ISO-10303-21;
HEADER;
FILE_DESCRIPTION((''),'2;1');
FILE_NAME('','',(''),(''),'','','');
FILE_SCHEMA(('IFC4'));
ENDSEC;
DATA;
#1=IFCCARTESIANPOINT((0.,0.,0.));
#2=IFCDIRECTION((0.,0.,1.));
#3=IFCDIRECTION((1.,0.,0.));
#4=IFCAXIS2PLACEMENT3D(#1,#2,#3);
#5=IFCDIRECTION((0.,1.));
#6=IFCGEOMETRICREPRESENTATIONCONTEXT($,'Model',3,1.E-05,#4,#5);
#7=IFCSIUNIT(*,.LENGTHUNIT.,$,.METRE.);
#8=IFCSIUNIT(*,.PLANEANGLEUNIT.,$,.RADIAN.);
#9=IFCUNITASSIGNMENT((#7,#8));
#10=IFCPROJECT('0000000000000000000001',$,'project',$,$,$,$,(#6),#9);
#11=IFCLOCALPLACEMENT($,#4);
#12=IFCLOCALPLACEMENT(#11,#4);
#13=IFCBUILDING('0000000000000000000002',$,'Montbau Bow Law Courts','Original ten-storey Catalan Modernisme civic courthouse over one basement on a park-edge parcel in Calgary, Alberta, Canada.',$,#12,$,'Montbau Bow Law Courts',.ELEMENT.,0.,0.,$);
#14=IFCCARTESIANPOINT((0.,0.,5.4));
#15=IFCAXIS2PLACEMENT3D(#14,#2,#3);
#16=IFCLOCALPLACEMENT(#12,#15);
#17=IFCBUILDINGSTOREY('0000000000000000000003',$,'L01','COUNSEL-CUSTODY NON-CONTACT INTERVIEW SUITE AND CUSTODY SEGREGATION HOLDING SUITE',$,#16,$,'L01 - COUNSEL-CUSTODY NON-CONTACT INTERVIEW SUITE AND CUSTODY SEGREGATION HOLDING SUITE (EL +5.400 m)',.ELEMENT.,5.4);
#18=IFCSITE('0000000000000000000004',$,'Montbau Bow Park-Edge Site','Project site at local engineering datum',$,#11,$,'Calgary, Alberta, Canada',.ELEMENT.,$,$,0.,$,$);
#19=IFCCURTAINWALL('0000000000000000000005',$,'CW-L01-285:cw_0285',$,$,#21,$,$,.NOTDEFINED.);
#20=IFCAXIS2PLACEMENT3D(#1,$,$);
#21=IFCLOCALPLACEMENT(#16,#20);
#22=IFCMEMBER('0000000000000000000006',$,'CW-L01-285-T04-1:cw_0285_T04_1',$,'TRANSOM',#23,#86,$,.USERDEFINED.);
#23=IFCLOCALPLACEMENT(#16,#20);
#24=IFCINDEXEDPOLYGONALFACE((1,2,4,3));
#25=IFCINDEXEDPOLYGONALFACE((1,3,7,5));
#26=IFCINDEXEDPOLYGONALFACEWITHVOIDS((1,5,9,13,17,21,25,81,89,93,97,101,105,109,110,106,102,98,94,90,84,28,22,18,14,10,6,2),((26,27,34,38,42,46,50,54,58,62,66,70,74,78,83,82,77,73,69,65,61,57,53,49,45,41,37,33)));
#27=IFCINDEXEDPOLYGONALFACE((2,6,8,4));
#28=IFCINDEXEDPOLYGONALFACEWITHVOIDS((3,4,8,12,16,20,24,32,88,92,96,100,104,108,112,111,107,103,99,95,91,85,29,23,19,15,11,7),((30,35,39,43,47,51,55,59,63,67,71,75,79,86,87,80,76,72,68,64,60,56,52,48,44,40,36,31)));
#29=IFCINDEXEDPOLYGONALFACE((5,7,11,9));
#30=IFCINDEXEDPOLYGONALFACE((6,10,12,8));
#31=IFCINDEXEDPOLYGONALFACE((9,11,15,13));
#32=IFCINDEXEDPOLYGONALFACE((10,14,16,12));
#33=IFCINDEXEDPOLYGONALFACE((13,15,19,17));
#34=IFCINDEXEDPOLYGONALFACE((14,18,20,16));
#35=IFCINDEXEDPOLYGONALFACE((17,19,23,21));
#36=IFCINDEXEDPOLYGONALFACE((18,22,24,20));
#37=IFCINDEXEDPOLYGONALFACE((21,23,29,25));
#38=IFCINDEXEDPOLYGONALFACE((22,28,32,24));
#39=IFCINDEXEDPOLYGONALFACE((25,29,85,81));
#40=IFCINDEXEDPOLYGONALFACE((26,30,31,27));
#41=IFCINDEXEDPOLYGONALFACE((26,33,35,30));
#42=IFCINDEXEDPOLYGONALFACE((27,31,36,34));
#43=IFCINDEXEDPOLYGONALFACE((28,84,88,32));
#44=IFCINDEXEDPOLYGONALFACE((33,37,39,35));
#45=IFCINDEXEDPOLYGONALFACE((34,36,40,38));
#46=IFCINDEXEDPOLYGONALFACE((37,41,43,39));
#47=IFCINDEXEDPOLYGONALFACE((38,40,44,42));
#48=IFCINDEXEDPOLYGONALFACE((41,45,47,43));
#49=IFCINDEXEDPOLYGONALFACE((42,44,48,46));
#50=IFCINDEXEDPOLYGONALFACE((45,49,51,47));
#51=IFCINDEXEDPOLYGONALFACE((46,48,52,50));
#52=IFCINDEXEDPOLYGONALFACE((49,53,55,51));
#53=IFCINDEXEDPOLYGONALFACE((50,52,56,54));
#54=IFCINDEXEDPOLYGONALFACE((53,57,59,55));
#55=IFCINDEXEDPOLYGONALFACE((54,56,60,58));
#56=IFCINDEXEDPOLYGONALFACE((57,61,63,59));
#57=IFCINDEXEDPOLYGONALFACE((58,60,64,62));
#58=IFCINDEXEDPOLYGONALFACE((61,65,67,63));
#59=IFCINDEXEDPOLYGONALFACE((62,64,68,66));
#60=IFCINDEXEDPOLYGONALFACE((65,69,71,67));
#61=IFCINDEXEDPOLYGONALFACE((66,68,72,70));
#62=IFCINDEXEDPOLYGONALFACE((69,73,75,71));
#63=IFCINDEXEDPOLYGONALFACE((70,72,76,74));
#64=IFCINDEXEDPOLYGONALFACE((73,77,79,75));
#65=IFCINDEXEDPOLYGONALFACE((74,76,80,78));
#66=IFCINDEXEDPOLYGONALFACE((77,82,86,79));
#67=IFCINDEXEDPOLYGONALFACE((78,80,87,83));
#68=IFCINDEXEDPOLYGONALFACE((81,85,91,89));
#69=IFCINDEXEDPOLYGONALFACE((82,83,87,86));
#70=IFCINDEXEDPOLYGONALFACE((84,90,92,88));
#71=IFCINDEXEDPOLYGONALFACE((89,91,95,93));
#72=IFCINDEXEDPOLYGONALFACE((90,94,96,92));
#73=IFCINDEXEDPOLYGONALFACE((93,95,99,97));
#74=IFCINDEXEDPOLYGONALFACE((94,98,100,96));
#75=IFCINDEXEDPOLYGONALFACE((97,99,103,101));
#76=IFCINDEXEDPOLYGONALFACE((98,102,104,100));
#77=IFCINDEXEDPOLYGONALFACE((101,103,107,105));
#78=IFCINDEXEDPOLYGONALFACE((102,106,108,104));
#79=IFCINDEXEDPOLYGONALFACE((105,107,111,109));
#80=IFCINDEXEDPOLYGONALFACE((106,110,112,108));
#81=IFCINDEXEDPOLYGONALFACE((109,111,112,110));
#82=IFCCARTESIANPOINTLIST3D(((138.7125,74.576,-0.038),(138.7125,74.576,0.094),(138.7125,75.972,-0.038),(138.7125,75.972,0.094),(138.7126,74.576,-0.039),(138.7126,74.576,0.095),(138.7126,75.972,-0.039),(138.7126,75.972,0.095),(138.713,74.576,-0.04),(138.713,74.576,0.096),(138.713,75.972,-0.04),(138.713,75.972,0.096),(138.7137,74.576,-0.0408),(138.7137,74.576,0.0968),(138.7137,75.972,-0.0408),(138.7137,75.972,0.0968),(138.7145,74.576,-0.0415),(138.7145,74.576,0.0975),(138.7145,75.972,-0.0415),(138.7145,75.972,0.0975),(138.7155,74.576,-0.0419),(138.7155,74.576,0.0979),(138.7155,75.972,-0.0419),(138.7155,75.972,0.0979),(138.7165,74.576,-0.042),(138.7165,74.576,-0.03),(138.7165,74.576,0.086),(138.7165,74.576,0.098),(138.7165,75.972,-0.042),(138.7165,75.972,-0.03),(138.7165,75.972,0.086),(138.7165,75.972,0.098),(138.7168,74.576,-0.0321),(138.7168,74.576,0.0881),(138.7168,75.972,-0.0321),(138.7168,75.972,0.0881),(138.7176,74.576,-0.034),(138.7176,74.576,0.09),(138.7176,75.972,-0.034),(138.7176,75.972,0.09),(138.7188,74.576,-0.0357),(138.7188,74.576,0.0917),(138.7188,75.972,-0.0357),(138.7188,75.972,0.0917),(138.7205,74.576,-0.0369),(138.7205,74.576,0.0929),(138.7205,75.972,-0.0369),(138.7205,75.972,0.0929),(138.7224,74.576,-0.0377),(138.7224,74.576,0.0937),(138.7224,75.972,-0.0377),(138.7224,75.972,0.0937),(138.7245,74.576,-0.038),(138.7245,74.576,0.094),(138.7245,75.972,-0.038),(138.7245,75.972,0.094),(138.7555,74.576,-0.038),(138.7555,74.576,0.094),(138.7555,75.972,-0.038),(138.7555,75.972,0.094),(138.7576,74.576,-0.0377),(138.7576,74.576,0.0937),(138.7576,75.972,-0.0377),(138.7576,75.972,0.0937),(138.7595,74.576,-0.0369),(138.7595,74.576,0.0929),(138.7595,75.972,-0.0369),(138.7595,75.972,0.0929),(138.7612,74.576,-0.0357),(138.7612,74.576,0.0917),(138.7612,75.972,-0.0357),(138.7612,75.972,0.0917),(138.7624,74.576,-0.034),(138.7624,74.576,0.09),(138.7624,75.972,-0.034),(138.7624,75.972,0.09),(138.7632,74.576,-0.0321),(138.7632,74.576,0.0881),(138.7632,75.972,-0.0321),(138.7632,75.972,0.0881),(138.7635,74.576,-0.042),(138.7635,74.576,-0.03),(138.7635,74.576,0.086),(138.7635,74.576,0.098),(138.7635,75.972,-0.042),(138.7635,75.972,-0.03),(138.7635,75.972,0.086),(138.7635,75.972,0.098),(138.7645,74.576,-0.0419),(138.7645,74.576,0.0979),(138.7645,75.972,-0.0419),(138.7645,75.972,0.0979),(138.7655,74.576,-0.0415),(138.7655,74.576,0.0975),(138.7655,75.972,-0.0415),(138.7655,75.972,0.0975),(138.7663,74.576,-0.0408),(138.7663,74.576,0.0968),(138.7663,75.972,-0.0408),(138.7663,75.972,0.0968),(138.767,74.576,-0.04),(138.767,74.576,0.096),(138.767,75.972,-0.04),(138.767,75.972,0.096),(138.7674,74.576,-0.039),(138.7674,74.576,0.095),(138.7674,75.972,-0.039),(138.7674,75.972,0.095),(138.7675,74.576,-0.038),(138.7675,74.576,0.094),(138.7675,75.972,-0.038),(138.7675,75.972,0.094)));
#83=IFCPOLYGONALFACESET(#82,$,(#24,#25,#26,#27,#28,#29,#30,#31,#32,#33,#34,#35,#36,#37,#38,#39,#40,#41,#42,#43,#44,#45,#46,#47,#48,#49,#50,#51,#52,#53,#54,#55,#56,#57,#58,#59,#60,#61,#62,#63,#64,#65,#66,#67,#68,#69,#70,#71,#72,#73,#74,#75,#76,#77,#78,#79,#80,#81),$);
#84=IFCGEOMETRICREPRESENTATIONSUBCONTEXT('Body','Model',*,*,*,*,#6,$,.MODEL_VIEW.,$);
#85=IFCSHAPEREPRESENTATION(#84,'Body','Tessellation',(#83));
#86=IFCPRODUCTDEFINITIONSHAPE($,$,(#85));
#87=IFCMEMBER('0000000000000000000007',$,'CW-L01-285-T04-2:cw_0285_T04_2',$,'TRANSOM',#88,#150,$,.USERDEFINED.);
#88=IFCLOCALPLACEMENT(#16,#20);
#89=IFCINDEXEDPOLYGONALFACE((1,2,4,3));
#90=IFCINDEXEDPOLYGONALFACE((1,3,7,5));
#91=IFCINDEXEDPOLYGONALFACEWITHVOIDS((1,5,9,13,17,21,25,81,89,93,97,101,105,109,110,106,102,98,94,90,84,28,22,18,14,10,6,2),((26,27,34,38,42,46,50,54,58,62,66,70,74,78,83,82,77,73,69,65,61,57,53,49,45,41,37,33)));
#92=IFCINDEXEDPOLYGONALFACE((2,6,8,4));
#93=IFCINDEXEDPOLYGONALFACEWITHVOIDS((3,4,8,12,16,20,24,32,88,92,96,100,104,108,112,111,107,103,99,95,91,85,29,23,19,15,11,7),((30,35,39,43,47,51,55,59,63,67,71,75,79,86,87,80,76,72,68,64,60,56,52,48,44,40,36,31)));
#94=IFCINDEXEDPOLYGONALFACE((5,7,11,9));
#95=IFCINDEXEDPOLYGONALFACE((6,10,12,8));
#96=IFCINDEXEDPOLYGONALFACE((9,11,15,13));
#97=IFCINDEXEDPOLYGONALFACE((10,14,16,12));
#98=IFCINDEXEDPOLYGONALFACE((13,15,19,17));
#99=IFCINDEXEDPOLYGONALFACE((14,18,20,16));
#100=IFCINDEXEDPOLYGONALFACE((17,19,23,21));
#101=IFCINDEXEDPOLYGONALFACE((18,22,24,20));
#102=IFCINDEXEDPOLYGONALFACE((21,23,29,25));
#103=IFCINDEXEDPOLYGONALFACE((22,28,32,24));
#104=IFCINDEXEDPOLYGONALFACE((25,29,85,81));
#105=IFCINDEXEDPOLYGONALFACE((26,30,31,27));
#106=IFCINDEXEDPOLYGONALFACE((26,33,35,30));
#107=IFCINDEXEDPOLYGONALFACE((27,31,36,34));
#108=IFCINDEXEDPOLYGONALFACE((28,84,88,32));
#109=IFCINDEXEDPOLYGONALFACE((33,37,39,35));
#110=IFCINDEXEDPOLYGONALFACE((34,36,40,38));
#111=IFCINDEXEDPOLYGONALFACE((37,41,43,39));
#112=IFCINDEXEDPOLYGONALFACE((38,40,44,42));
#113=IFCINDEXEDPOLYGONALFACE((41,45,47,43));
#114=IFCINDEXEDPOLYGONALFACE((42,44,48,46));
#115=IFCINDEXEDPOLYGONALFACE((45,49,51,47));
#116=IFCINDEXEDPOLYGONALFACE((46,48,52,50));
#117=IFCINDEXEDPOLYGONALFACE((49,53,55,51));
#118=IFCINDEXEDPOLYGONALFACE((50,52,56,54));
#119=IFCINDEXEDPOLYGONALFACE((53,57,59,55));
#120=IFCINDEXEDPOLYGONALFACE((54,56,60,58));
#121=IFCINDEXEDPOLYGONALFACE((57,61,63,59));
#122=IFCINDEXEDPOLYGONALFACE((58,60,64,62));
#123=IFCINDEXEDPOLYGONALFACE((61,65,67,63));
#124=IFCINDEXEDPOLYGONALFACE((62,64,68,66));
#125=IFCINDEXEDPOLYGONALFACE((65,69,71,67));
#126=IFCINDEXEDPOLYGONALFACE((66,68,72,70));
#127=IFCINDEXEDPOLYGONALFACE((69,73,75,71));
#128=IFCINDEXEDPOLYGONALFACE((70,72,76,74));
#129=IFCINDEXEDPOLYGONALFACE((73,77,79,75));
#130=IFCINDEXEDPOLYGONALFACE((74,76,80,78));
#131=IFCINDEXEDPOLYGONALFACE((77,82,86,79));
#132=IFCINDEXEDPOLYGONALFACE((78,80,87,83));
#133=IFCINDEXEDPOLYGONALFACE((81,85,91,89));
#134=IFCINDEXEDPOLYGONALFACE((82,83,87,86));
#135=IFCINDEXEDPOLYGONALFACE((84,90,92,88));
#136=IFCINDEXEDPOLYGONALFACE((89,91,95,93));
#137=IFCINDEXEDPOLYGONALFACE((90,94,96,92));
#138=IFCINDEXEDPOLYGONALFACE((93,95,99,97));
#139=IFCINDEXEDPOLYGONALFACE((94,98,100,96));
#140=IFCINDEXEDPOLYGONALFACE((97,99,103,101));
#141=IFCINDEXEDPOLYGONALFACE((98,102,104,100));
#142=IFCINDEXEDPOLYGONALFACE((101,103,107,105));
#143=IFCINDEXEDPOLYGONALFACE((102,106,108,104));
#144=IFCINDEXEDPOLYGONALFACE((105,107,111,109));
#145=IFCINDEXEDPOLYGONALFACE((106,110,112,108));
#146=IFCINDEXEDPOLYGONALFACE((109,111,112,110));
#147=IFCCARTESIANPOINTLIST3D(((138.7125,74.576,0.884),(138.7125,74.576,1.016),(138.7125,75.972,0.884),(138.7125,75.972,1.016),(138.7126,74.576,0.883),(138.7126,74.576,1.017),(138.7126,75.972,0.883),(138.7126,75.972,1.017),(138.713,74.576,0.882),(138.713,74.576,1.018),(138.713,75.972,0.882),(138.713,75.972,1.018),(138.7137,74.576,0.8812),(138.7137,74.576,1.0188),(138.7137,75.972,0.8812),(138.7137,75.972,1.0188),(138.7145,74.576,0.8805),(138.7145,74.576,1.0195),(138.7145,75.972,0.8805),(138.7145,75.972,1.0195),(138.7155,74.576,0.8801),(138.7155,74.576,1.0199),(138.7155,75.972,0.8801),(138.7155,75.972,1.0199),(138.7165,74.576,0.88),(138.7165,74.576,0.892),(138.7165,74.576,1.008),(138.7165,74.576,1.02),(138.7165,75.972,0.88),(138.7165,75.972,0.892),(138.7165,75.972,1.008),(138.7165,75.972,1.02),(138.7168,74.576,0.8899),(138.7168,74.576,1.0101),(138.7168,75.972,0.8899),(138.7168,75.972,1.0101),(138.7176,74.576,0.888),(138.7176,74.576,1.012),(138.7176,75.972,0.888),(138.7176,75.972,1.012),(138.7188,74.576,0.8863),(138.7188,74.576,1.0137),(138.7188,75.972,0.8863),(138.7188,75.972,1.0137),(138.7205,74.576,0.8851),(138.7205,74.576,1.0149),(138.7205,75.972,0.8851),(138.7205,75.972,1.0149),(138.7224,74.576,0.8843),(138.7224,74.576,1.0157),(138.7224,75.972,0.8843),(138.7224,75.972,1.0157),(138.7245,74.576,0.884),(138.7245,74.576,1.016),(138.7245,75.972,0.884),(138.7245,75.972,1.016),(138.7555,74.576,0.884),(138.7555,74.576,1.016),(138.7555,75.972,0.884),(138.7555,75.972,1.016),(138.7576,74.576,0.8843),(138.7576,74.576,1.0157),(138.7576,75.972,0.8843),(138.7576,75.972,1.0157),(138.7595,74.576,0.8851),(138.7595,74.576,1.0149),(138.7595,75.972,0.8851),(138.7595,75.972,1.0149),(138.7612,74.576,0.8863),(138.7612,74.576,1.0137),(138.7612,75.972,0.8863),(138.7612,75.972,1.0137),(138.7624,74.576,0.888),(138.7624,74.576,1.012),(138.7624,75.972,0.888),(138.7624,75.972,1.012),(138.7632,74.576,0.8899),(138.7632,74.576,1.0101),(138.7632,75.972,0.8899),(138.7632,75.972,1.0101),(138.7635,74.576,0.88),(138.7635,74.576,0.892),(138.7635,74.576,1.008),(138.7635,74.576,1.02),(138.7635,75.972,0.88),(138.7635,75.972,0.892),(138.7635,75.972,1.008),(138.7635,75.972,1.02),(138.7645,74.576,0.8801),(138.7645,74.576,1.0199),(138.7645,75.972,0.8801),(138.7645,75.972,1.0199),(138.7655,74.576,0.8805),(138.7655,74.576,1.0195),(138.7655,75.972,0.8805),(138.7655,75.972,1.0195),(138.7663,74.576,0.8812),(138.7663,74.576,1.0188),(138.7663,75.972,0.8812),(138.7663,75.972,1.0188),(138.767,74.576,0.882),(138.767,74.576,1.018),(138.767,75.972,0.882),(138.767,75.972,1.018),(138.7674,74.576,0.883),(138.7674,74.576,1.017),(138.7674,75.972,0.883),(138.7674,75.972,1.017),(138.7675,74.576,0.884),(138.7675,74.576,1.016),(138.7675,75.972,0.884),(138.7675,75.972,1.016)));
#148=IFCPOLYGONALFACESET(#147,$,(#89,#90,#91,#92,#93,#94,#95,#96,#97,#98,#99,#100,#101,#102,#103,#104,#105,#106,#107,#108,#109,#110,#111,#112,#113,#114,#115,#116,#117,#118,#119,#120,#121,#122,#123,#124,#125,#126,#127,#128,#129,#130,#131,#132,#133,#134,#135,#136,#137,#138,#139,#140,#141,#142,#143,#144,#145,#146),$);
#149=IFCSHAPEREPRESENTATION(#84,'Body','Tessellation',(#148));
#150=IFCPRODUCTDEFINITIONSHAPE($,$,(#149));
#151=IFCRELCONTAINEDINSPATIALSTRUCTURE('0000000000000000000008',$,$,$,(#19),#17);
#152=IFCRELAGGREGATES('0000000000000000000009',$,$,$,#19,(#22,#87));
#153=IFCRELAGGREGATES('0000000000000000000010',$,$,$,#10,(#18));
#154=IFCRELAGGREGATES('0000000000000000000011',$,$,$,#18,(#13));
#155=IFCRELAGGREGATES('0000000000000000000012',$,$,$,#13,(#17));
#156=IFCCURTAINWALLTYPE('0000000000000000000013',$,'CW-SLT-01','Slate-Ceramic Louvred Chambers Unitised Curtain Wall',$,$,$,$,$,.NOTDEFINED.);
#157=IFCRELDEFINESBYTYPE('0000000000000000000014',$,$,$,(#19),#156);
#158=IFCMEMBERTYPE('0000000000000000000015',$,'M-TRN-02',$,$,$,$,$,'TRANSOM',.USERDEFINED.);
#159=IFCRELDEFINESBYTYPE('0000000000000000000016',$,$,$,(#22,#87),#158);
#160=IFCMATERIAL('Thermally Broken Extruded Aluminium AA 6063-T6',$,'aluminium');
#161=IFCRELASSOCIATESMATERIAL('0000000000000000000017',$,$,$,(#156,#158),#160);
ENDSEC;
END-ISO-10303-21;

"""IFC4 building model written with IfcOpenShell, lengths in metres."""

from ifc_helpers import new_model, si_unit, direction, frame, origin_with_axes, origin_2d_with_axis, place, context, subcontext, project, spatial, hollow_rectangle, extrude, material, material_profile, profile_set, type_object, element, aggregate, save


model = new_model("IFC4")

# Units and contexts
model_context = context("Model", 3, precision=1e-05, world=origin_with_axes(), true_north=direction((0.0, 1.0)))
body_context = subcontext(model_context, "Body", "Model", "MODEL_VIEW")
ifc_project = project(units=[si_unit("LENGTHUNIT", "METRE"), si_unit("PLANEANGLEUNIT", "RADIAN")], contexts=[model_context])

# Site, building, storey
site_placement = place(None, origin_with_axes())
site = spatial("IfcSite", under=ifc_project, at=site_placement, Name="Montbau Bow Park-Edge Site", Description="Project site at local engineering datum", LongName="Calgary, Alberta, Canada", CompositionType="ELEMENT", RefElevation=0.0)
building_placement = place(site_placement, origin_with_axes())
building = spatial("IfcBuilding", under=site, at=building_placement, Name="Montbau Bow Law Courts", Description="Original ten-storey Catalan Modernisme civic courthouse over one basement on a park-edge parcel in Calgary, Alberta, Canada.", LongName="Montbau Bow Law Courts", CompositionType="ELEMENT", ElevationOfRefHeight=0.0, ElevationOfTerrain=0.0)
storey_placement = place(building_placement, frame((0.0, 0.0, 5.4), z_axis=(0.0, 0.0, 1.0), x_axis=(1.0, 0.0, 0.0)))
storey = spatial("IfcBuildingStorey", under=building, at=storey_placement, Name="L01", Description="COUNSEL-CUSTODY NON-CONTACT INTERVIEW SUITE AND CUSTODY SEGREGATION HOLDING SUITE", LongName="L01 - COUNSEL-CUSTODY NON-CONTACT INTERVIEW SUITE AND CUSTODY SEGREGATION HOLDING SUITE (EL +5.400 m)", CompositionType="ELEMENT", Elevation=5.4)

# Curtain wall
ifc_material_1 = material(Name="Thermally Broken Extruded Aluminium AA 6063-T6", Category="aluminium")
curtain_wall_type = type_object("IfcCurtainWallType", Name="CW-SLT-01", Description="Slate-Ceramic Louvred Chambers Unitised Curtain Wall", PredefinedType="NOTDEFINED", material=ifc_material_1)
curtain_wall_1_placement = place(None, frame((138.74, 70.115, 5.4), z_axis=(0.0, 0.0, 1.0), x_axis=(1.0, 0.0, 0.0)))
curtain_wall_1 = element("IfcCurtainWall", 1, at=curtain_wall_1_placement, inside=storey, type_object=curtain_wall_type, Name="CW-L01-285:cw_0285", PredefinedType="NOTDEFINED")

# Members
ifc_material_profile_1 = material_profile(ifc_material_1, hollow_rectangle(XDim=0.055, YDim=0.14, WallThickness=0.004, InnerFilletRadius=0.008, OuterFilletRadius=0.004, at=origin_2d_with_axis()), Name="CWT-140X55", Category="Main", Priority=0)
ifc_profile_set_1 = profile_set([ifc_material_profile_1], Name="Thermally Broken Extruded Aluminium AA 6063-T6")
member_type_1 = type_object("IfcMemberType", Name="M-TRN-02", ElementType="TRANSOM", PredefinedType="USERDEFINED", material=ifc_profile_set_1)
member_1_placement = place(None, frame((138.74, 74.576, 5.428), z_axis=(0.0, 1.0, 0.0), x_axis=(-1.0, 0.0, 0.0)))
member_1 = element("IfcMember", 2, at=member_1_placement, type_object=member_type_1, Name="CW-L01-285-T04-1:cw_0285_T04_1", ObjectType="TRANSOM", PredefinedType="USERDEFINED", context=body_context, shape_type="SweptSolid", body=[
    extrude(hollow_rectangle(XDim=0.055, YDim=0.14, WallThickness=0.004, InnerFilletRadius=0.008, OuterFilletRadius=0.004, at=origin_2d_with_axis()), origin_with_axes(), (0.0, 0.0, 1.0), 1.396),
])
member_2_placement = place(None, frame((138.74, 74.576, 6.35), z_axis=(0.0, 1.0, 0.0), x_axis=(-1.0, 0.0, 0.0)))
member_2 = element("IfcMember", 3, at=member_2_placement, type_object=member_type_1, Name="CW-L01-285-T04-2:cw_0285_T04_2", ObjectType="TRANSOM", PredefinedType="USERDEFINED", context=body_context, shape_type="SweptSolid", body=[
    extrude(hollow_rectangle(XDim=0.055, YDim=0.14, WallThickness=0.004, InnerFilletRadius=0.008, OuterFilletRadius=0.004, at=origin_2d_with_axis()), origin_with_axes(), (0.0, 0.0, 1.0), 1.396),
])

aggregate(curtain_wall_1, [member_1, member_2])

save(model, "model.ifc")
